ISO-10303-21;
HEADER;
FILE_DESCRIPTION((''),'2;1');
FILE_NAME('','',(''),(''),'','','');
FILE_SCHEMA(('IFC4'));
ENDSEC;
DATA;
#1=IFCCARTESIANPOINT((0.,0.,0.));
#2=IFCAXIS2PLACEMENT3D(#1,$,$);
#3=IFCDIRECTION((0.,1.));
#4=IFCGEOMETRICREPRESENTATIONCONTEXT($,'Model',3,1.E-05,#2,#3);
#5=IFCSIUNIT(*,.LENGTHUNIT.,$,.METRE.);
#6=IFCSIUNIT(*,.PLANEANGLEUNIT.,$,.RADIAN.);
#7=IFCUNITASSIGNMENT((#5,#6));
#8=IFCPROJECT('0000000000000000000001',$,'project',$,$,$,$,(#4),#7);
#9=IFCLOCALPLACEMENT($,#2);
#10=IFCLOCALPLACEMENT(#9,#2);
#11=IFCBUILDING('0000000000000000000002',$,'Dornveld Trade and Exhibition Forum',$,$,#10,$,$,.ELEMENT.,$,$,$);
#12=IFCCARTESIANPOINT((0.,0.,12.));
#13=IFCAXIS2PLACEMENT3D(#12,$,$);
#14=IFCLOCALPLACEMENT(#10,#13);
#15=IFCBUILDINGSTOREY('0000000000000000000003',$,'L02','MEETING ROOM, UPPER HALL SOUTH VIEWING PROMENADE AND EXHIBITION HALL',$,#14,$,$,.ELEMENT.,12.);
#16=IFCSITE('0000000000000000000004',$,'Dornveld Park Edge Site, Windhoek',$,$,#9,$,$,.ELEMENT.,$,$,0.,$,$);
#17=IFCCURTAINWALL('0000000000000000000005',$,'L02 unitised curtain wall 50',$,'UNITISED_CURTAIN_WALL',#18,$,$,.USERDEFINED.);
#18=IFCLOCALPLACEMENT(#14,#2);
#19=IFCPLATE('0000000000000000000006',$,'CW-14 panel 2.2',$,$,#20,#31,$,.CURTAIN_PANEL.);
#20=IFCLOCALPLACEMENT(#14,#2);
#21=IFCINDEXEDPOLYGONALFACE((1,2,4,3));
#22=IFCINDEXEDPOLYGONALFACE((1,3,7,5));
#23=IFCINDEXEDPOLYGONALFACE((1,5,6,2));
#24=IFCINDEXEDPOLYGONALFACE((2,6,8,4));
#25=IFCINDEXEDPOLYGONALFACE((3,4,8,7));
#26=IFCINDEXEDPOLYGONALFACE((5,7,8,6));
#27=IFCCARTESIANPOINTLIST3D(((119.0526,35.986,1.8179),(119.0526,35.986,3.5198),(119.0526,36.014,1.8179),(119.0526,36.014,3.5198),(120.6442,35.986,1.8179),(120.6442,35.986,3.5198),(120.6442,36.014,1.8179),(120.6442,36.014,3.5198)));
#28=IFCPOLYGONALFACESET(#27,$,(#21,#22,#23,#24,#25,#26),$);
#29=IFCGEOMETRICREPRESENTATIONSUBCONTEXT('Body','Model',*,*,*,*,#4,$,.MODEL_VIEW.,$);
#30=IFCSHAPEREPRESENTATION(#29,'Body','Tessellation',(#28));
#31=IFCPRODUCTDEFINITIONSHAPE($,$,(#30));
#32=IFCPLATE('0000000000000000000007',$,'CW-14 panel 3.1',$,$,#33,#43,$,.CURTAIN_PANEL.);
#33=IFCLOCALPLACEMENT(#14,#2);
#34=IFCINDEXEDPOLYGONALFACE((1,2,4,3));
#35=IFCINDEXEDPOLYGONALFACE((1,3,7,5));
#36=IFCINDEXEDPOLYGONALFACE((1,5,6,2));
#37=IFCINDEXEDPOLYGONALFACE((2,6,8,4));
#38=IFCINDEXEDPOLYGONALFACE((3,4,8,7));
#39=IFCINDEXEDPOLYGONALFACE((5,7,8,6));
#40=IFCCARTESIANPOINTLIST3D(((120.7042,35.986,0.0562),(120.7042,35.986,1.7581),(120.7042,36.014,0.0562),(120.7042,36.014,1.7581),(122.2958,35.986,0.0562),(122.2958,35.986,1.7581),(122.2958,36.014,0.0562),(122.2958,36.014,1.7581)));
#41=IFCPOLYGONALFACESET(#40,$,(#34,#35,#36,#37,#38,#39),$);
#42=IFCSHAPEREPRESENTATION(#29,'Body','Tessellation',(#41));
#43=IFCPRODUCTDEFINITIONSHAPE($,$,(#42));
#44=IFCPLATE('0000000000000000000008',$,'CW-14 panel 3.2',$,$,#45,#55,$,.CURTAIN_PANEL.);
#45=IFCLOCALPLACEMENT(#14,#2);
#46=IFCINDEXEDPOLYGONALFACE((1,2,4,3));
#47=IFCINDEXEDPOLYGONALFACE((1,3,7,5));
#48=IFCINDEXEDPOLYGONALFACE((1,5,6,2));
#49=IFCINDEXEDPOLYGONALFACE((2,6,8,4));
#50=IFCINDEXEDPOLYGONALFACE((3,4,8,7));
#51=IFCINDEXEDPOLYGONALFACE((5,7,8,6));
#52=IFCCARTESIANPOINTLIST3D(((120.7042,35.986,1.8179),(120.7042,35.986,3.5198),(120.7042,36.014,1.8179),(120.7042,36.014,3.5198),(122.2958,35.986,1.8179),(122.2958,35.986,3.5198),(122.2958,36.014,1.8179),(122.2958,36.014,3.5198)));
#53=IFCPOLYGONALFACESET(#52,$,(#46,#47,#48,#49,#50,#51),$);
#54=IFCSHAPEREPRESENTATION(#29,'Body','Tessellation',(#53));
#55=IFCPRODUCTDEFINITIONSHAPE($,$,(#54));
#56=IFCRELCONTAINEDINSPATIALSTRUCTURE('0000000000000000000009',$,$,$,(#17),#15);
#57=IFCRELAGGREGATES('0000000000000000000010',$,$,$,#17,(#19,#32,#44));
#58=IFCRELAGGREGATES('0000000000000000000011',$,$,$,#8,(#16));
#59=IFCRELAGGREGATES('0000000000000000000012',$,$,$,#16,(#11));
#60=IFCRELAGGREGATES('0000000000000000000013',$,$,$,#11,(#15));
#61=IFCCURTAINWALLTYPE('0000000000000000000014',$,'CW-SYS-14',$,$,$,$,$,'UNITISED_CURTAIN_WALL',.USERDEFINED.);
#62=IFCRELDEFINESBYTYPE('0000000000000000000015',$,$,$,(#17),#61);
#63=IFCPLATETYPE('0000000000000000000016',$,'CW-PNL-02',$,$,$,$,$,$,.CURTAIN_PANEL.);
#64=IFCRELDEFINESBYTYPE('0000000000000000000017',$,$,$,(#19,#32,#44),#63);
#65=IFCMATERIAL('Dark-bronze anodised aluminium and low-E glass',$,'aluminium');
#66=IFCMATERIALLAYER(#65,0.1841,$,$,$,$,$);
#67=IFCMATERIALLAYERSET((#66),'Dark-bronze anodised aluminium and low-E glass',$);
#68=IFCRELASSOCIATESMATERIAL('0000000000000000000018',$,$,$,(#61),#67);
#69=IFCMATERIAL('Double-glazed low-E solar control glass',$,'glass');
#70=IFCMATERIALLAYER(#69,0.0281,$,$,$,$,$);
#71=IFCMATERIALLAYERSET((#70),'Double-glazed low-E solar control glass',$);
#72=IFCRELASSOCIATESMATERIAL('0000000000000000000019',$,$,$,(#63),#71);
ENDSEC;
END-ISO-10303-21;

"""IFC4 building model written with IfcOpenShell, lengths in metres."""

from ifc_helpers import new_model, si_unit, direction, frame, origin, origin_2d, place, context, subcontext, project, spatial, rectangle, extrude, material, layer, layer_set, type_object, element, aggregate, save


model = new_model("IFC4")

# Units and contexts
model_context = context("Model", 3, precision=1e-05, world=origin(), true_north=direction((0.0, 1.0)))
body_context = subcontext(model_context, "Body", "Model", "MODEL_VIEW")
ifc_project = project(units=[si_unit("LENGTHUNIT", "METRE"), si_unit("PLANEANGLEUNIT", "RADIAN")], contexts=[model_context])

# Site, building, storey
site_placement = place(None, origin())
site = spatial("IfcSite", under=ifc_project, at=site_placement, Name="Dornveld Park Edge Site, Windhoek", CompositionType="ELEMENT", RefElevation=0.0)
building_placement = place(site_placement, origin())
building = spatial("IfcBuilding", under=site, at=building_placement, Name="Dornveld Trade and Exhibition Forum", CompositionType="ELEMENT")
storey_placement = place(building_placement, frame((0.0, 0.0, 12.0)))
storey = spatial("IfcBuildingStorey", under=building, at=storey_placement, Name="L02", Description="MEETING ROOM, UPPER HALL SOUTH VIEWING PROMENADE AND EXHIBITION HALL", CompositionType="ELEMENT", Elevation=12.0)

# Curtain wall
ifc_material_1 = material(Name="Dark-bronze anodised aluminium and low-E glass", Category="aluminium")
ifc_layer_1 = layer(ifc_material_1, 0.1841)
ifc_layer_set_1 = layer_set([ifc_layer_1], Name="Dark-bronze anodised aluminium and low-E glass")
curtain_wall_type_1 = type_object("IfcCurtainWallType", Name="CW-SYS-14", ElementType="UNITISED_CURTAIN_WALL", PredefinedType="USERDEFINED", material=ifc_layer_set_1)
curtain_wall_1_placement = place(storey_placement, origin())
curtain_wall_1 = element("IfcCurtainWall", 1, at=curtain_wall_1_placement, inside=storey, type_object=curtain_wall_type_1, Name="L02 unitised curtain wall 50", ObjectType="UNITISED_CURTAIN_WALL", PredefinedType="USERDEFINED")

# Plates
ifc_material_2 = material(Name="Double-glazed low-E solar control glass", Category="glass")
ifc_layer_2 = layer(ifc_material_2, 0.0281)
ifc_layer_set_2 = layer_set([ifc_layer_2], Name="Double-glazed low-E solar control glass")
plate_type_1 = type_object("IfcPlateType", Name="CW-PNL-02", PredefinedType="CURTAIN_PANEL", material=ifc_layer_set_2)
plate_1_placement = place(storey_placement, frame((119.8484, 36.0, 1.8179), z_axis=(0.0, 0.0, 1.0), x_axis=(1.0, 0.0, 0.0)))
plate_1 = element("IfcPlate", 2, at=plate_1_placement, type_object=plate_type_1, Name="CW-14 panel 2.2", PredefinedType="CURTAIN_PANEL", context=body_context, shape_type="SweptSolid", body=[
    extrude(rectangle(XDim=1.5916, YDim=0.0281, at=origin_2d()), origin(), (0.0, 0.0, 1.0), 1.7019),
])
plate_2_placement = place(storey_placement, frame((121.5, 36.0, 0.0562), z_axis=(0.0, 0.0, 1.0), x_axis=(1.0, 0.0, 0.0)))
plate_2 = element("IfcPlate", 3, at=plate_2_placement, type_object=plate_type_1, Name="CW-14 panel 3.1", PredefinedType="CURTAIN_PANEL", context=body_context, shape_type="SweptSolid", body=[
    extrude(rectangle(XDim=1.5916, YDim=0.0281, at=origin_2d()), origin(), (0.0, 0.0, 1.0), 1.7019),
])
plate_3_placement = place(storey_placement, frame((121.5, 36.0, 1.8179), z_axis=(0.0, 0.0, 1.0), x_axis=(1.0, 0.0, 0.0)))
plate_3 = element("IfcPlate", 4, at=plate_3_placement, type_object=plate_type_1, Name="CW-14 panel 3.2", PredefinedType="CURTAIN_PANEL", context=body_context, shape_type="SweptSolid", body=[
    extrude(rectangle(XDim=1.5916, YDim=0.0281, at=origin_2d()), origin(), (0.0, 0.0, 1.0), 1.7019),
])
aggregate(curtain_wall_1, [plate_1, plate_2, plate_3])

save(model, "model.ifc")
